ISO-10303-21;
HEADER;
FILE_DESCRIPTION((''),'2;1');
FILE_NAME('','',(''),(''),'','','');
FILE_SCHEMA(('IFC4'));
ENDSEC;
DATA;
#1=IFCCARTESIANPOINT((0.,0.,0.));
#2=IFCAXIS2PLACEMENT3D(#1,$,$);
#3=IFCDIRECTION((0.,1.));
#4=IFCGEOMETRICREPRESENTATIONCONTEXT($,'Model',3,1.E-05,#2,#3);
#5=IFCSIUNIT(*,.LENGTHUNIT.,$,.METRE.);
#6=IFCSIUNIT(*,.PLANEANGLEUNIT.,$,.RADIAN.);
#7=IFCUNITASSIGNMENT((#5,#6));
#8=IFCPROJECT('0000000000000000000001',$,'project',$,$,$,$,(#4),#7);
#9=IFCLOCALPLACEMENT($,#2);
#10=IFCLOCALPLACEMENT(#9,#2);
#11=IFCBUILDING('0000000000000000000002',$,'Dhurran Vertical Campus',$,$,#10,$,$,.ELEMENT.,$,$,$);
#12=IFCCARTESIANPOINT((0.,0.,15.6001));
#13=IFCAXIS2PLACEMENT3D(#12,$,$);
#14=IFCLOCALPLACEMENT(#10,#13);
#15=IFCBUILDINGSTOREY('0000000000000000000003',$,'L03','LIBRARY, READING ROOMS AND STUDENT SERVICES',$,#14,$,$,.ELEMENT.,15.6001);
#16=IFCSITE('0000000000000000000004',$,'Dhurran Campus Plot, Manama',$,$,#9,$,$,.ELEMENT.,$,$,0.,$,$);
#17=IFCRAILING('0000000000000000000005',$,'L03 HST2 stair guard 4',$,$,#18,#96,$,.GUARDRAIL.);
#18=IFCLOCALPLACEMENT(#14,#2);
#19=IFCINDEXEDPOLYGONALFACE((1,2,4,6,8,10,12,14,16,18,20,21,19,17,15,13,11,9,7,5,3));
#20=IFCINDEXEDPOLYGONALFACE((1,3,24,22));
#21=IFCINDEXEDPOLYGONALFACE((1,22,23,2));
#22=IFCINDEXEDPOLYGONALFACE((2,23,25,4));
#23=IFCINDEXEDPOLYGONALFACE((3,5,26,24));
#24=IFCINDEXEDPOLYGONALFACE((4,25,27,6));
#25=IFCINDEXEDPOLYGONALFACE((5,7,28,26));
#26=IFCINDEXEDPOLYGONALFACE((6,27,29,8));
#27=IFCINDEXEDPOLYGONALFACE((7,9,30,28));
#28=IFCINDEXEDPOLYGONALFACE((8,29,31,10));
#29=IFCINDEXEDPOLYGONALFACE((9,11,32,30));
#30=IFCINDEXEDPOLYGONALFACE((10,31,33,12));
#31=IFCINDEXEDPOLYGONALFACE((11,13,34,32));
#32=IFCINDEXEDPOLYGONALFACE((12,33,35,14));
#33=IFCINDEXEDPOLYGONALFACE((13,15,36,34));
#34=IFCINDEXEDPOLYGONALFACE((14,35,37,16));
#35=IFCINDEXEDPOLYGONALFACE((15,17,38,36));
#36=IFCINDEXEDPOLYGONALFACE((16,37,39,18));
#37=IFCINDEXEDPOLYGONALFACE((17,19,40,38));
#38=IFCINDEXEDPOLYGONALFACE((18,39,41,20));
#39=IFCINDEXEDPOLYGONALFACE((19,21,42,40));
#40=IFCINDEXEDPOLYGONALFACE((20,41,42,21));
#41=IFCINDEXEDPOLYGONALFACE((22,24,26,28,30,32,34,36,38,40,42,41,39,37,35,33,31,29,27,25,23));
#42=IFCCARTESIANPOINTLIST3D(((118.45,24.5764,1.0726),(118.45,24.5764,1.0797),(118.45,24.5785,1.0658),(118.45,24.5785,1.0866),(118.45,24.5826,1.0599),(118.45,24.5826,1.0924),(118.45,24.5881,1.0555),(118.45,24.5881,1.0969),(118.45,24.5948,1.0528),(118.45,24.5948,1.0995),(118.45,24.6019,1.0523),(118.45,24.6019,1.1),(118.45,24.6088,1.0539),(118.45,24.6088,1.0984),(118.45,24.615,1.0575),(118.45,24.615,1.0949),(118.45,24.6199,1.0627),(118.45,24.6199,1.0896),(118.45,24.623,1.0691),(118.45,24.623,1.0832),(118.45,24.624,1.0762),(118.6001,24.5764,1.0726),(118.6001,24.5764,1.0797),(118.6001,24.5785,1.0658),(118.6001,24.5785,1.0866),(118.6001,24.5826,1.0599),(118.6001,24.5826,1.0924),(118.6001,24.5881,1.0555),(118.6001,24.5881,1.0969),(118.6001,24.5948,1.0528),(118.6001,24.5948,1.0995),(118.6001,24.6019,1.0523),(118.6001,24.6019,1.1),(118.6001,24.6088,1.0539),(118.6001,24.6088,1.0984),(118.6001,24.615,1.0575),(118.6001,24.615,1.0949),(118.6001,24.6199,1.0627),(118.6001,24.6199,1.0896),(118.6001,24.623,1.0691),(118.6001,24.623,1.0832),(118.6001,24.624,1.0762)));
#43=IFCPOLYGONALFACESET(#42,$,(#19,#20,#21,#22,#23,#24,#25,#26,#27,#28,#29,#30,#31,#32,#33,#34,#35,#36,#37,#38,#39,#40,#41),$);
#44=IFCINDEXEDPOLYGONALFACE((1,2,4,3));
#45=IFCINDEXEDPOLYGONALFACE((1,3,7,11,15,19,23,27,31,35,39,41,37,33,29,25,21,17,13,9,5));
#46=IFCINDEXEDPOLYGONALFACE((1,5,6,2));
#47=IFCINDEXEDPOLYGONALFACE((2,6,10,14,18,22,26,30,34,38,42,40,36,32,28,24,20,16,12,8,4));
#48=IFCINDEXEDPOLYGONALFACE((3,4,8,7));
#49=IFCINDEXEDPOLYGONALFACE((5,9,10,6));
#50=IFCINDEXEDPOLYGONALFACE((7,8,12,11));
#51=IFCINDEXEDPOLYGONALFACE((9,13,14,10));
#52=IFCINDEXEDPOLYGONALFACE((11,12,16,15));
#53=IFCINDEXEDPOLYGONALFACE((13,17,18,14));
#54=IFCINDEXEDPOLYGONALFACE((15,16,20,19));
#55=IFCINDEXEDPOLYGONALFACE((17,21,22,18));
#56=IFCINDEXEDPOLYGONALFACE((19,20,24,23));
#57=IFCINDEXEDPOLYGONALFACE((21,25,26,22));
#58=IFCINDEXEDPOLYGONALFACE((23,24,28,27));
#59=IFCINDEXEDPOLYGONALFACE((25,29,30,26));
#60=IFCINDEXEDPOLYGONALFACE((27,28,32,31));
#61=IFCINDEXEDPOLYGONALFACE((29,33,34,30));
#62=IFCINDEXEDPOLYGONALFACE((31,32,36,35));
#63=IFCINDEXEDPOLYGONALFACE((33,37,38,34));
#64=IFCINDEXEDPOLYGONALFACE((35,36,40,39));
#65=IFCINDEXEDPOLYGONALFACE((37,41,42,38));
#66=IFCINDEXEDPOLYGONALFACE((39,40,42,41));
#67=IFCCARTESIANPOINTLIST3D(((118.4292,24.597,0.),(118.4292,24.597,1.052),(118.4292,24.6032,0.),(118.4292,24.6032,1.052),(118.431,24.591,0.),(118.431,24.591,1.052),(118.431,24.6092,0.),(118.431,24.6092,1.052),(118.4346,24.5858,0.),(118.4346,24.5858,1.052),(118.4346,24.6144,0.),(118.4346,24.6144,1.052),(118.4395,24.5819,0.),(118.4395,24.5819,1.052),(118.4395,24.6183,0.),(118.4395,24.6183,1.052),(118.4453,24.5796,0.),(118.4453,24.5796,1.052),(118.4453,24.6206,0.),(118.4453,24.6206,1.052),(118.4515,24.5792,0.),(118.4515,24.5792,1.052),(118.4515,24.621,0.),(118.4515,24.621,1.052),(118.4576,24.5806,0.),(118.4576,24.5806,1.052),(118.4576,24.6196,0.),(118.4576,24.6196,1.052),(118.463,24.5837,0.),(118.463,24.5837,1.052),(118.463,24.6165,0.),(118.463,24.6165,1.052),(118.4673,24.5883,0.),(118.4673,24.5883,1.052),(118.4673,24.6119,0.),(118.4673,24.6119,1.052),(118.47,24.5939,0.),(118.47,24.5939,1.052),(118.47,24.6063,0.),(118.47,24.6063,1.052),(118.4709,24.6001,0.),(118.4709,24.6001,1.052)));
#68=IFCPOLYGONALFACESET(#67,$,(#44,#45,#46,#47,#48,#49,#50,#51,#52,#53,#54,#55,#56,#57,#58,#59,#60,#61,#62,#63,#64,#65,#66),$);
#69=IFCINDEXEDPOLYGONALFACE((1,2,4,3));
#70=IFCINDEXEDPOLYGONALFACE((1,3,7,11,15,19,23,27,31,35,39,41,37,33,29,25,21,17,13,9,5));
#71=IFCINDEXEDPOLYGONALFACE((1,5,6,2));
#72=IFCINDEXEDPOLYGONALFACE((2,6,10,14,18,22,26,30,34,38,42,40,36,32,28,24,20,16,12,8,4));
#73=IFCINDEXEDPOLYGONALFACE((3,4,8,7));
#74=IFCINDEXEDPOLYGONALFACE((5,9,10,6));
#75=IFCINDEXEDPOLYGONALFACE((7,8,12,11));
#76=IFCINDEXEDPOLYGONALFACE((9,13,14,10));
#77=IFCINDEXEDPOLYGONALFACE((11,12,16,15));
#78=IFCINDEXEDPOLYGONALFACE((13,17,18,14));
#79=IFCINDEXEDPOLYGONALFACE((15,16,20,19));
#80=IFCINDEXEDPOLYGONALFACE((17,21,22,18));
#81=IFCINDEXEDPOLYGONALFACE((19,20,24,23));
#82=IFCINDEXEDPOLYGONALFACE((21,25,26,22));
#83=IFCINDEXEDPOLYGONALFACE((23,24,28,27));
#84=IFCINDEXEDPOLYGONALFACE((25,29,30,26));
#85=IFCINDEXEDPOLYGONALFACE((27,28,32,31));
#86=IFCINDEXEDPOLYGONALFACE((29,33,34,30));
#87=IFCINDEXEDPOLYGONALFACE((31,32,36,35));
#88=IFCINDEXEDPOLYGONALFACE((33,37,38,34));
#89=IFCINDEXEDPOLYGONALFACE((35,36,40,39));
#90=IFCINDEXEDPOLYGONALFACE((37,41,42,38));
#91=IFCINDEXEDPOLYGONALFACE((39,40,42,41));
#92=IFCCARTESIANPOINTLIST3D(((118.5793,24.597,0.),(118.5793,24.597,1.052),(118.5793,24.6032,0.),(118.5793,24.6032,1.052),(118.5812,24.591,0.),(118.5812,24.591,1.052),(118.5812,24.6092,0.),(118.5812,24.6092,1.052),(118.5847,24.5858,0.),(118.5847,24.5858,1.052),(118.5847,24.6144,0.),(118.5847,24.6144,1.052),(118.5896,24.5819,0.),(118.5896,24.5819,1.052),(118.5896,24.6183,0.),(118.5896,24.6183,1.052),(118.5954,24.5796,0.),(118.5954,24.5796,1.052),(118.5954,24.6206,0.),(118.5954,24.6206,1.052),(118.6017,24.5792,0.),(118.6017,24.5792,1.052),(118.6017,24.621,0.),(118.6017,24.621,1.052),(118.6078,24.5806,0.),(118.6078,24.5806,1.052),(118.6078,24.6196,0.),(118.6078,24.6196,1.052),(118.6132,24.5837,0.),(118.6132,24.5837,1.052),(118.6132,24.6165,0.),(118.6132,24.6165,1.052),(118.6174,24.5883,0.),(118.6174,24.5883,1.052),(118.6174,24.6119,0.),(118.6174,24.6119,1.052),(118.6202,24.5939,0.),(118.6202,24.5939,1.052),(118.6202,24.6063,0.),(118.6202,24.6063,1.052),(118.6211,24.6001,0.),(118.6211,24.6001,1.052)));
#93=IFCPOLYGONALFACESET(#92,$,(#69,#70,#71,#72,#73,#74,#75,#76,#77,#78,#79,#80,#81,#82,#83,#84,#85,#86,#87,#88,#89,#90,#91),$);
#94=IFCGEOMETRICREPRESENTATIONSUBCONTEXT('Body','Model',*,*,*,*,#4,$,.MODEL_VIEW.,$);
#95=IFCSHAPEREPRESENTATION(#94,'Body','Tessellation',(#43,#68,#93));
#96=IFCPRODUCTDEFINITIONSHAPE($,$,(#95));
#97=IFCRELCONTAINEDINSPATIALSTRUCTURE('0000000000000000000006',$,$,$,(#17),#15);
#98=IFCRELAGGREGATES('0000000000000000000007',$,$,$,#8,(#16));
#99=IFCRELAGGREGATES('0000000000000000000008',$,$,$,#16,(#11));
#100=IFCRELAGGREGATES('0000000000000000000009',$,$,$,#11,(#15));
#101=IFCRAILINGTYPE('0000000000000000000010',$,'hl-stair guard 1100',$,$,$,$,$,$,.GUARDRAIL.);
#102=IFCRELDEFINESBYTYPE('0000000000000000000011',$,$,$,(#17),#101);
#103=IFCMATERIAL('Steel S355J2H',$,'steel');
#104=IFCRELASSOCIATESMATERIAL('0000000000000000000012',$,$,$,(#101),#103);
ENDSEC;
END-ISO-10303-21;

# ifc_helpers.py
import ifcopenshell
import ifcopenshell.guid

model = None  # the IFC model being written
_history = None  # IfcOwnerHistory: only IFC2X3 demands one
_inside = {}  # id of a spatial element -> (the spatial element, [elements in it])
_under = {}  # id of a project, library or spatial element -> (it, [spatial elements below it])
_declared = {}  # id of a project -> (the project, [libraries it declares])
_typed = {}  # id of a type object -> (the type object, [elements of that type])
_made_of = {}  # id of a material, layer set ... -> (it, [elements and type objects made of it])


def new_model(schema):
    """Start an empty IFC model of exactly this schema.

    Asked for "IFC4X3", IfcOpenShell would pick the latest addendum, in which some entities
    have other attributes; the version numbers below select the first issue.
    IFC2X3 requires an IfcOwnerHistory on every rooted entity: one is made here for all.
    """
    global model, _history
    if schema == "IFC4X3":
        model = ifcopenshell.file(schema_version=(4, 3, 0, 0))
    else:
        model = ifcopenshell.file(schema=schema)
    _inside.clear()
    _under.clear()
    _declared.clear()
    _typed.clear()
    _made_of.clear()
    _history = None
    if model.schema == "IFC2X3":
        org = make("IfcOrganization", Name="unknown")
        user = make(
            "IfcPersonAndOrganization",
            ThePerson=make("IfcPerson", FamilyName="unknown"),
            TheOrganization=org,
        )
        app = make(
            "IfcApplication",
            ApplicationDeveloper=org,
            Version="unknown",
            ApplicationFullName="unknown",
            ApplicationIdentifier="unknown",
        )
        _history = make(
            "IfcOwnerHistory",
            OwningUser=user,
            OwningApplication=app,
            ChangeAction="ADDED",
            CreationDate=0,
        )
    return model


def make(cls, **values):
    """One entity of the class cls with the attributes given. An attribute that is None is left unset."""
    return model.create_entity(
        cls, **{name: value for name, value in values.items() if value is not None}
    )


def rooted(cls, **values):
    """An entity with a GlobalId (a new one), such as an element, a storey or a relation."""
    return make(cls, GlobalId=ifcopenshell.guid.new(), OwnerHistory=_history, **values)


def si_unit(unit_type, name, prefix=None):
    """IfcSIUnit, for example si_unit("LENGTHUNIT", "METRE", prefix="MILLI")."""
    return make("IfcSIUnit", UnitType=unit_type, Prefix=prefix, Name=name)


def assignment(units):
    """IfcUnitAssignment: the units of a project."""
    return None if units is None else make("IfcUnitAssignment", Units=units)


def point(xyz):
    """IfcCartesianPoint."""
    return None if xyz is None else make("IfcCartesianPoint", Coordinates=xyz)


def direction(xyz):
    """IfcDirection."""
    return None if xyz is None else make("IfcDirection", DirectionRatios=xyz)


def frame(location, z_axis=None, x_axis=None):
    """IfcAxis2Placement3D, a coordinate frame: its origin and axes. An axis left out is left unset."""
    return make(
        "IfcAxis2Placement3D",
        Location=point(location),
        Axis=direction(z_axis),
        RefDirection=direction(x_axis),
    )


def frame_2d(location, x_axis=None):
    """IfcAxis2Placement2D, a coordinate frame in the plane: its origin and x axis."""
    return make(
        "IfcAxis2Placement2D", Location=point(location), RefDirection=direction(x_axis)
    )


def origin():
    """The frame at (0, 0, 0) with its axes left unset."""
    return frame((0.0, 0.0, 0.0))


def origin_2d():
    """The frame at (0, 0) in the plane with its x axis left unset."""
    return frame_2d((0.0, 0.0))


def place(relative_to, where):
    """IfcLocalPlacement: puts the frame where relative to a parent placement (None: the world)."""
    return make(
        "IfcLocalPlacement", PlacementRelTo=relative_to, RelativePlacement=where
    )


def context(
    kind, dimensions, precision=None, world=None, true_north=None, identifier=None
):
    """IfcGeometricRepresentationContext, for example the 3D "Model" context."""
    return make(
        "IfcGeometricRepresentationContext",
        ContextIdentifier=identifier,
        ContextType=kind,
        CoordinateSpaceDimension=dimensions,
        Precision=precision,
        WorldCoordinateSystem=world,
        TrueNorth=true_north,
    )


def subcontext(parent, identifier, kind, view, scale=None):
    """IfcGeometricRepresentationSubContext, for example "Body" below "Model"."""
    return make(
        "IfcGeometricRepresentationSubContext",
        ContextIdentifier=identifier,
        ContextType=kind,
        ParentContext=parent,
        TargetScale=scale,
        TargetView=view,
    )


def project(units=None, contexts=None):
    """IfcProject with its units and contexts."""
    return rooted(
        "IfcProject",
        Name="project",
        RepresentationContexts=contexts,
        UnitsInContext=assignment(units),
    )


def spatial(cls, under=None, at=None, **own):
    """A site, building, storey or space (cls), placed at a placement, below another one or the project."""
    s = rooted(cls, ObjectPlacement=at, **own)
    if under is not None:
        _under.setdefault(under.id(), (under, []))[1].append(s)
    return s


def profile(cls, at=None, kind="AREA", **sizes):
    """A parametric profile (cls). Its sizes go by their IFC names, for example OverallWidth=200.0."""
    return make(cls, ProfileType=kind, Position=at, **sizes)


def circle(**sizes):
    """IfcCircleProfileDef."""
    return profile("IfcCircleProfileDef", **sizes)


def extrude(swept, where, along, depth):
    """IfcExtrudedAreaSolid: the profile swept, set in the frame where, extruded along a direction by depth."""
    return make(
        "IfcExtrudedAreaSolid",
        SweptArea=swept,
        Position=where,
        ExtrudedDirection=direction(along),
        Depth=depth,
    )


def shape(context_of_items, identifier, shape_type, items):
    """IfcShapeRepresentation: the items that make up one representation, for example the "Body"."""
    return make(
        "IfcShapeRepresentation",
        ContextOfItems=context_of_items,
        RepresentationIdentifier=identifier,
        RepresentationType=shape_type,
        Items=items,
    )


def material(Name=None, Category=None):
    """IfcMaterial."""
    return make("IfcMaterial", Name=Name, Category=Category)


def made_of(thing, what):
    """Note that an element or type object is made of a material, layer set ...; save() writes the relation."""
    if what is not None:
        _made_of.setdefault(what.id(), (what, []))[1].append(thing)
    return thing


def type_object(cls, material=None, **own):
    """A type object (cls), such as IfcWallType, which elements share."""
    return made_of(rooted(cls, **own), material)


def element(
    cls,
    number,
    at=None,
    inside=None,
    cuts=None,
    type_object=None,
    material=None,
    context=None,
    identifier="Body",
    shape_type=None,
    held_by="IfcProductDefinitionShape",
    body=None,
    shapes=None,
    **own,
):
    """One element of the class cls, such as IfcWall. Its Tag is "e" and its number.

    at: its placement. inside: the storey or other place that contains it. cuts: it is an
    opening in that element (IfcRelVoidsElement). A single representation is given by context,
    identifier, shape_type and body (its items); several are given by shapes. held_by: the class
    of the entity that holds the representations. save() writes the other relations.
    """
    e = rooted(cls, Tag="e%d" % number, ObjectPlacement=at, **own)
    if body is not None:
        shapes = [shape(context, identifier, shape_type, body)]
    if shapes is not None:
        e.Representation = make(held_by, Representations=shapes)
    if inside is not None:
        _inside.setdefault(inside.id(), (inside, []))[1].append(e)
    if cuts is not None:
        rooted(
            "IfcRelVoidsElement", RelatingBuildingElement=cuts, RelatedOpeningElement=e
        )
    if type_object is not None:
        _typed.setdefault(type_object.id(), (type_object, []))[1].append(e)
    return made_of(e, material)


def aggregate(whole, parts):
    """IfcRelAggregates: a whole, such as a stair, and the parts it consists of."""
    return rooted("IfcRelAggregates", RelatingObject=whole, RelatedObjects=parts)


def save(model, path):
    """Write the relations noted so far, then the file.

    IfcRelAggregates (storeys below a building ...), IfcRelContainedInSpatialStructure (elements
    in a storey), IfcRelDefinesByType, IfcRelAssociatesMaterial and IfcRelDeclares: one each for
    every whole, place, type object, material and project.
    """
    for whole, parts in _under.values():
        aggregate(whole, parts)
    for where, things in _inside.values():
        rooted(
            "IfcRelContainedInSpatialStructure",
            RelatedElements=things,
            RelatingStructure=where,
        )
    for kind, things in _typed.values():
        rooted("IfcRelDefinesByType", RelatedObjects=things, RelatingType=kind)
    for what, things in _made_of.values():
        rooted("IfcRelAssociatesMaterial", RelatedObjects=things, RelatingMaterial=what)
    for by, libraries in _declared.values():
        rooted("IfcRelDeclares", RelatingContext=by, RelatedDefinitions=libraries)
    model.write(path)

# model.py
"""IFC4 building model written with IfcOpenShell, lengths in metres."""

from ifc_helpers import new_model, si_unit, direction, frame, origin, origin_2d, place, context, subcontext, project, spatial, circle, extrude, material, type_object, element, save


model = new_model("IFC4")

# Units and contexts
model_context = context("Model", 3, precision=1e-05, world=origin(), true_north=direction((0.0, 1.0)))
body_context = subcontext(model_context, "Body", "Model", "MODEL_VIEW")
ifc_project = project(units=[si_unit("LENGTHUNIT", "METRE"), si_unit("PLANEANGLEUNIT", "RADIAN")], contexts=[model_context])

# Site, building, storey
site_placement = place(None, origin())
site = spatial("IfcSite", under=ifc_project, at=site_placement, Name="Dhurran Campus Plot, Manama", CompositionType="ELEMENT", RefElevation=0.0)
building_placement = place(site_placement, origin())
building = spatial("IfcBuilding", under=site, at=building_placement, Name="Dhurran Vertical Campus", CompositionType="ELEMENT")
storey_placement = place(building_placement, frame((0.0, 0.0, 15.6001)))
storey = spatial("IfcBuildingStorey", under=building, at=storey_placement, Name="L03", Description="LIBRARY, READING ROOMS AND STUDENT SERVICES", CompositionType="ELEMENT", Elevation=15.6001)

# Railing
ifc_material_1 = material(Name="Steel S355J2H", Category="steel")
railing_type_1 = type_object("IfcRailingType", Name="hl-stair guard 1100", PredefinedType="GUARDRAIL", material=ifc_material_1)
railing_1_placement = place(storey_placement, frame((118.45, 24.6001, 0.0)))
element("IfcRailing", 1, at=railing_1_placement, inside=storey, type_object=railing_type_1, Name="L03 HST2 stair guard 4", PredefinedType="GUARDRAIL", context=body_context, shape_type="SweptSolid", body=[
    extrude(circle(Radius=0.0239, at=origin_2d()), frame((0.0, 0.0, 1.0762), z_axis=(1.0, 0.0, 0.0), x_axis=(0.0, 1.0, 0.0)), (0.0, 0.0, 1.0), 0.1501),
    extrude(circle(Radius=0.021, at=origin_2d()), origin(), (0.0, 0.0, 1.0), 1.052),
    extrude(circle(Radius=0.021, at=origin_2d()), frame((0.1501, 0.0, 0.0)), (0.0, 0.0, 1.0), 1.052),
])

save(model, "model.ifc")
